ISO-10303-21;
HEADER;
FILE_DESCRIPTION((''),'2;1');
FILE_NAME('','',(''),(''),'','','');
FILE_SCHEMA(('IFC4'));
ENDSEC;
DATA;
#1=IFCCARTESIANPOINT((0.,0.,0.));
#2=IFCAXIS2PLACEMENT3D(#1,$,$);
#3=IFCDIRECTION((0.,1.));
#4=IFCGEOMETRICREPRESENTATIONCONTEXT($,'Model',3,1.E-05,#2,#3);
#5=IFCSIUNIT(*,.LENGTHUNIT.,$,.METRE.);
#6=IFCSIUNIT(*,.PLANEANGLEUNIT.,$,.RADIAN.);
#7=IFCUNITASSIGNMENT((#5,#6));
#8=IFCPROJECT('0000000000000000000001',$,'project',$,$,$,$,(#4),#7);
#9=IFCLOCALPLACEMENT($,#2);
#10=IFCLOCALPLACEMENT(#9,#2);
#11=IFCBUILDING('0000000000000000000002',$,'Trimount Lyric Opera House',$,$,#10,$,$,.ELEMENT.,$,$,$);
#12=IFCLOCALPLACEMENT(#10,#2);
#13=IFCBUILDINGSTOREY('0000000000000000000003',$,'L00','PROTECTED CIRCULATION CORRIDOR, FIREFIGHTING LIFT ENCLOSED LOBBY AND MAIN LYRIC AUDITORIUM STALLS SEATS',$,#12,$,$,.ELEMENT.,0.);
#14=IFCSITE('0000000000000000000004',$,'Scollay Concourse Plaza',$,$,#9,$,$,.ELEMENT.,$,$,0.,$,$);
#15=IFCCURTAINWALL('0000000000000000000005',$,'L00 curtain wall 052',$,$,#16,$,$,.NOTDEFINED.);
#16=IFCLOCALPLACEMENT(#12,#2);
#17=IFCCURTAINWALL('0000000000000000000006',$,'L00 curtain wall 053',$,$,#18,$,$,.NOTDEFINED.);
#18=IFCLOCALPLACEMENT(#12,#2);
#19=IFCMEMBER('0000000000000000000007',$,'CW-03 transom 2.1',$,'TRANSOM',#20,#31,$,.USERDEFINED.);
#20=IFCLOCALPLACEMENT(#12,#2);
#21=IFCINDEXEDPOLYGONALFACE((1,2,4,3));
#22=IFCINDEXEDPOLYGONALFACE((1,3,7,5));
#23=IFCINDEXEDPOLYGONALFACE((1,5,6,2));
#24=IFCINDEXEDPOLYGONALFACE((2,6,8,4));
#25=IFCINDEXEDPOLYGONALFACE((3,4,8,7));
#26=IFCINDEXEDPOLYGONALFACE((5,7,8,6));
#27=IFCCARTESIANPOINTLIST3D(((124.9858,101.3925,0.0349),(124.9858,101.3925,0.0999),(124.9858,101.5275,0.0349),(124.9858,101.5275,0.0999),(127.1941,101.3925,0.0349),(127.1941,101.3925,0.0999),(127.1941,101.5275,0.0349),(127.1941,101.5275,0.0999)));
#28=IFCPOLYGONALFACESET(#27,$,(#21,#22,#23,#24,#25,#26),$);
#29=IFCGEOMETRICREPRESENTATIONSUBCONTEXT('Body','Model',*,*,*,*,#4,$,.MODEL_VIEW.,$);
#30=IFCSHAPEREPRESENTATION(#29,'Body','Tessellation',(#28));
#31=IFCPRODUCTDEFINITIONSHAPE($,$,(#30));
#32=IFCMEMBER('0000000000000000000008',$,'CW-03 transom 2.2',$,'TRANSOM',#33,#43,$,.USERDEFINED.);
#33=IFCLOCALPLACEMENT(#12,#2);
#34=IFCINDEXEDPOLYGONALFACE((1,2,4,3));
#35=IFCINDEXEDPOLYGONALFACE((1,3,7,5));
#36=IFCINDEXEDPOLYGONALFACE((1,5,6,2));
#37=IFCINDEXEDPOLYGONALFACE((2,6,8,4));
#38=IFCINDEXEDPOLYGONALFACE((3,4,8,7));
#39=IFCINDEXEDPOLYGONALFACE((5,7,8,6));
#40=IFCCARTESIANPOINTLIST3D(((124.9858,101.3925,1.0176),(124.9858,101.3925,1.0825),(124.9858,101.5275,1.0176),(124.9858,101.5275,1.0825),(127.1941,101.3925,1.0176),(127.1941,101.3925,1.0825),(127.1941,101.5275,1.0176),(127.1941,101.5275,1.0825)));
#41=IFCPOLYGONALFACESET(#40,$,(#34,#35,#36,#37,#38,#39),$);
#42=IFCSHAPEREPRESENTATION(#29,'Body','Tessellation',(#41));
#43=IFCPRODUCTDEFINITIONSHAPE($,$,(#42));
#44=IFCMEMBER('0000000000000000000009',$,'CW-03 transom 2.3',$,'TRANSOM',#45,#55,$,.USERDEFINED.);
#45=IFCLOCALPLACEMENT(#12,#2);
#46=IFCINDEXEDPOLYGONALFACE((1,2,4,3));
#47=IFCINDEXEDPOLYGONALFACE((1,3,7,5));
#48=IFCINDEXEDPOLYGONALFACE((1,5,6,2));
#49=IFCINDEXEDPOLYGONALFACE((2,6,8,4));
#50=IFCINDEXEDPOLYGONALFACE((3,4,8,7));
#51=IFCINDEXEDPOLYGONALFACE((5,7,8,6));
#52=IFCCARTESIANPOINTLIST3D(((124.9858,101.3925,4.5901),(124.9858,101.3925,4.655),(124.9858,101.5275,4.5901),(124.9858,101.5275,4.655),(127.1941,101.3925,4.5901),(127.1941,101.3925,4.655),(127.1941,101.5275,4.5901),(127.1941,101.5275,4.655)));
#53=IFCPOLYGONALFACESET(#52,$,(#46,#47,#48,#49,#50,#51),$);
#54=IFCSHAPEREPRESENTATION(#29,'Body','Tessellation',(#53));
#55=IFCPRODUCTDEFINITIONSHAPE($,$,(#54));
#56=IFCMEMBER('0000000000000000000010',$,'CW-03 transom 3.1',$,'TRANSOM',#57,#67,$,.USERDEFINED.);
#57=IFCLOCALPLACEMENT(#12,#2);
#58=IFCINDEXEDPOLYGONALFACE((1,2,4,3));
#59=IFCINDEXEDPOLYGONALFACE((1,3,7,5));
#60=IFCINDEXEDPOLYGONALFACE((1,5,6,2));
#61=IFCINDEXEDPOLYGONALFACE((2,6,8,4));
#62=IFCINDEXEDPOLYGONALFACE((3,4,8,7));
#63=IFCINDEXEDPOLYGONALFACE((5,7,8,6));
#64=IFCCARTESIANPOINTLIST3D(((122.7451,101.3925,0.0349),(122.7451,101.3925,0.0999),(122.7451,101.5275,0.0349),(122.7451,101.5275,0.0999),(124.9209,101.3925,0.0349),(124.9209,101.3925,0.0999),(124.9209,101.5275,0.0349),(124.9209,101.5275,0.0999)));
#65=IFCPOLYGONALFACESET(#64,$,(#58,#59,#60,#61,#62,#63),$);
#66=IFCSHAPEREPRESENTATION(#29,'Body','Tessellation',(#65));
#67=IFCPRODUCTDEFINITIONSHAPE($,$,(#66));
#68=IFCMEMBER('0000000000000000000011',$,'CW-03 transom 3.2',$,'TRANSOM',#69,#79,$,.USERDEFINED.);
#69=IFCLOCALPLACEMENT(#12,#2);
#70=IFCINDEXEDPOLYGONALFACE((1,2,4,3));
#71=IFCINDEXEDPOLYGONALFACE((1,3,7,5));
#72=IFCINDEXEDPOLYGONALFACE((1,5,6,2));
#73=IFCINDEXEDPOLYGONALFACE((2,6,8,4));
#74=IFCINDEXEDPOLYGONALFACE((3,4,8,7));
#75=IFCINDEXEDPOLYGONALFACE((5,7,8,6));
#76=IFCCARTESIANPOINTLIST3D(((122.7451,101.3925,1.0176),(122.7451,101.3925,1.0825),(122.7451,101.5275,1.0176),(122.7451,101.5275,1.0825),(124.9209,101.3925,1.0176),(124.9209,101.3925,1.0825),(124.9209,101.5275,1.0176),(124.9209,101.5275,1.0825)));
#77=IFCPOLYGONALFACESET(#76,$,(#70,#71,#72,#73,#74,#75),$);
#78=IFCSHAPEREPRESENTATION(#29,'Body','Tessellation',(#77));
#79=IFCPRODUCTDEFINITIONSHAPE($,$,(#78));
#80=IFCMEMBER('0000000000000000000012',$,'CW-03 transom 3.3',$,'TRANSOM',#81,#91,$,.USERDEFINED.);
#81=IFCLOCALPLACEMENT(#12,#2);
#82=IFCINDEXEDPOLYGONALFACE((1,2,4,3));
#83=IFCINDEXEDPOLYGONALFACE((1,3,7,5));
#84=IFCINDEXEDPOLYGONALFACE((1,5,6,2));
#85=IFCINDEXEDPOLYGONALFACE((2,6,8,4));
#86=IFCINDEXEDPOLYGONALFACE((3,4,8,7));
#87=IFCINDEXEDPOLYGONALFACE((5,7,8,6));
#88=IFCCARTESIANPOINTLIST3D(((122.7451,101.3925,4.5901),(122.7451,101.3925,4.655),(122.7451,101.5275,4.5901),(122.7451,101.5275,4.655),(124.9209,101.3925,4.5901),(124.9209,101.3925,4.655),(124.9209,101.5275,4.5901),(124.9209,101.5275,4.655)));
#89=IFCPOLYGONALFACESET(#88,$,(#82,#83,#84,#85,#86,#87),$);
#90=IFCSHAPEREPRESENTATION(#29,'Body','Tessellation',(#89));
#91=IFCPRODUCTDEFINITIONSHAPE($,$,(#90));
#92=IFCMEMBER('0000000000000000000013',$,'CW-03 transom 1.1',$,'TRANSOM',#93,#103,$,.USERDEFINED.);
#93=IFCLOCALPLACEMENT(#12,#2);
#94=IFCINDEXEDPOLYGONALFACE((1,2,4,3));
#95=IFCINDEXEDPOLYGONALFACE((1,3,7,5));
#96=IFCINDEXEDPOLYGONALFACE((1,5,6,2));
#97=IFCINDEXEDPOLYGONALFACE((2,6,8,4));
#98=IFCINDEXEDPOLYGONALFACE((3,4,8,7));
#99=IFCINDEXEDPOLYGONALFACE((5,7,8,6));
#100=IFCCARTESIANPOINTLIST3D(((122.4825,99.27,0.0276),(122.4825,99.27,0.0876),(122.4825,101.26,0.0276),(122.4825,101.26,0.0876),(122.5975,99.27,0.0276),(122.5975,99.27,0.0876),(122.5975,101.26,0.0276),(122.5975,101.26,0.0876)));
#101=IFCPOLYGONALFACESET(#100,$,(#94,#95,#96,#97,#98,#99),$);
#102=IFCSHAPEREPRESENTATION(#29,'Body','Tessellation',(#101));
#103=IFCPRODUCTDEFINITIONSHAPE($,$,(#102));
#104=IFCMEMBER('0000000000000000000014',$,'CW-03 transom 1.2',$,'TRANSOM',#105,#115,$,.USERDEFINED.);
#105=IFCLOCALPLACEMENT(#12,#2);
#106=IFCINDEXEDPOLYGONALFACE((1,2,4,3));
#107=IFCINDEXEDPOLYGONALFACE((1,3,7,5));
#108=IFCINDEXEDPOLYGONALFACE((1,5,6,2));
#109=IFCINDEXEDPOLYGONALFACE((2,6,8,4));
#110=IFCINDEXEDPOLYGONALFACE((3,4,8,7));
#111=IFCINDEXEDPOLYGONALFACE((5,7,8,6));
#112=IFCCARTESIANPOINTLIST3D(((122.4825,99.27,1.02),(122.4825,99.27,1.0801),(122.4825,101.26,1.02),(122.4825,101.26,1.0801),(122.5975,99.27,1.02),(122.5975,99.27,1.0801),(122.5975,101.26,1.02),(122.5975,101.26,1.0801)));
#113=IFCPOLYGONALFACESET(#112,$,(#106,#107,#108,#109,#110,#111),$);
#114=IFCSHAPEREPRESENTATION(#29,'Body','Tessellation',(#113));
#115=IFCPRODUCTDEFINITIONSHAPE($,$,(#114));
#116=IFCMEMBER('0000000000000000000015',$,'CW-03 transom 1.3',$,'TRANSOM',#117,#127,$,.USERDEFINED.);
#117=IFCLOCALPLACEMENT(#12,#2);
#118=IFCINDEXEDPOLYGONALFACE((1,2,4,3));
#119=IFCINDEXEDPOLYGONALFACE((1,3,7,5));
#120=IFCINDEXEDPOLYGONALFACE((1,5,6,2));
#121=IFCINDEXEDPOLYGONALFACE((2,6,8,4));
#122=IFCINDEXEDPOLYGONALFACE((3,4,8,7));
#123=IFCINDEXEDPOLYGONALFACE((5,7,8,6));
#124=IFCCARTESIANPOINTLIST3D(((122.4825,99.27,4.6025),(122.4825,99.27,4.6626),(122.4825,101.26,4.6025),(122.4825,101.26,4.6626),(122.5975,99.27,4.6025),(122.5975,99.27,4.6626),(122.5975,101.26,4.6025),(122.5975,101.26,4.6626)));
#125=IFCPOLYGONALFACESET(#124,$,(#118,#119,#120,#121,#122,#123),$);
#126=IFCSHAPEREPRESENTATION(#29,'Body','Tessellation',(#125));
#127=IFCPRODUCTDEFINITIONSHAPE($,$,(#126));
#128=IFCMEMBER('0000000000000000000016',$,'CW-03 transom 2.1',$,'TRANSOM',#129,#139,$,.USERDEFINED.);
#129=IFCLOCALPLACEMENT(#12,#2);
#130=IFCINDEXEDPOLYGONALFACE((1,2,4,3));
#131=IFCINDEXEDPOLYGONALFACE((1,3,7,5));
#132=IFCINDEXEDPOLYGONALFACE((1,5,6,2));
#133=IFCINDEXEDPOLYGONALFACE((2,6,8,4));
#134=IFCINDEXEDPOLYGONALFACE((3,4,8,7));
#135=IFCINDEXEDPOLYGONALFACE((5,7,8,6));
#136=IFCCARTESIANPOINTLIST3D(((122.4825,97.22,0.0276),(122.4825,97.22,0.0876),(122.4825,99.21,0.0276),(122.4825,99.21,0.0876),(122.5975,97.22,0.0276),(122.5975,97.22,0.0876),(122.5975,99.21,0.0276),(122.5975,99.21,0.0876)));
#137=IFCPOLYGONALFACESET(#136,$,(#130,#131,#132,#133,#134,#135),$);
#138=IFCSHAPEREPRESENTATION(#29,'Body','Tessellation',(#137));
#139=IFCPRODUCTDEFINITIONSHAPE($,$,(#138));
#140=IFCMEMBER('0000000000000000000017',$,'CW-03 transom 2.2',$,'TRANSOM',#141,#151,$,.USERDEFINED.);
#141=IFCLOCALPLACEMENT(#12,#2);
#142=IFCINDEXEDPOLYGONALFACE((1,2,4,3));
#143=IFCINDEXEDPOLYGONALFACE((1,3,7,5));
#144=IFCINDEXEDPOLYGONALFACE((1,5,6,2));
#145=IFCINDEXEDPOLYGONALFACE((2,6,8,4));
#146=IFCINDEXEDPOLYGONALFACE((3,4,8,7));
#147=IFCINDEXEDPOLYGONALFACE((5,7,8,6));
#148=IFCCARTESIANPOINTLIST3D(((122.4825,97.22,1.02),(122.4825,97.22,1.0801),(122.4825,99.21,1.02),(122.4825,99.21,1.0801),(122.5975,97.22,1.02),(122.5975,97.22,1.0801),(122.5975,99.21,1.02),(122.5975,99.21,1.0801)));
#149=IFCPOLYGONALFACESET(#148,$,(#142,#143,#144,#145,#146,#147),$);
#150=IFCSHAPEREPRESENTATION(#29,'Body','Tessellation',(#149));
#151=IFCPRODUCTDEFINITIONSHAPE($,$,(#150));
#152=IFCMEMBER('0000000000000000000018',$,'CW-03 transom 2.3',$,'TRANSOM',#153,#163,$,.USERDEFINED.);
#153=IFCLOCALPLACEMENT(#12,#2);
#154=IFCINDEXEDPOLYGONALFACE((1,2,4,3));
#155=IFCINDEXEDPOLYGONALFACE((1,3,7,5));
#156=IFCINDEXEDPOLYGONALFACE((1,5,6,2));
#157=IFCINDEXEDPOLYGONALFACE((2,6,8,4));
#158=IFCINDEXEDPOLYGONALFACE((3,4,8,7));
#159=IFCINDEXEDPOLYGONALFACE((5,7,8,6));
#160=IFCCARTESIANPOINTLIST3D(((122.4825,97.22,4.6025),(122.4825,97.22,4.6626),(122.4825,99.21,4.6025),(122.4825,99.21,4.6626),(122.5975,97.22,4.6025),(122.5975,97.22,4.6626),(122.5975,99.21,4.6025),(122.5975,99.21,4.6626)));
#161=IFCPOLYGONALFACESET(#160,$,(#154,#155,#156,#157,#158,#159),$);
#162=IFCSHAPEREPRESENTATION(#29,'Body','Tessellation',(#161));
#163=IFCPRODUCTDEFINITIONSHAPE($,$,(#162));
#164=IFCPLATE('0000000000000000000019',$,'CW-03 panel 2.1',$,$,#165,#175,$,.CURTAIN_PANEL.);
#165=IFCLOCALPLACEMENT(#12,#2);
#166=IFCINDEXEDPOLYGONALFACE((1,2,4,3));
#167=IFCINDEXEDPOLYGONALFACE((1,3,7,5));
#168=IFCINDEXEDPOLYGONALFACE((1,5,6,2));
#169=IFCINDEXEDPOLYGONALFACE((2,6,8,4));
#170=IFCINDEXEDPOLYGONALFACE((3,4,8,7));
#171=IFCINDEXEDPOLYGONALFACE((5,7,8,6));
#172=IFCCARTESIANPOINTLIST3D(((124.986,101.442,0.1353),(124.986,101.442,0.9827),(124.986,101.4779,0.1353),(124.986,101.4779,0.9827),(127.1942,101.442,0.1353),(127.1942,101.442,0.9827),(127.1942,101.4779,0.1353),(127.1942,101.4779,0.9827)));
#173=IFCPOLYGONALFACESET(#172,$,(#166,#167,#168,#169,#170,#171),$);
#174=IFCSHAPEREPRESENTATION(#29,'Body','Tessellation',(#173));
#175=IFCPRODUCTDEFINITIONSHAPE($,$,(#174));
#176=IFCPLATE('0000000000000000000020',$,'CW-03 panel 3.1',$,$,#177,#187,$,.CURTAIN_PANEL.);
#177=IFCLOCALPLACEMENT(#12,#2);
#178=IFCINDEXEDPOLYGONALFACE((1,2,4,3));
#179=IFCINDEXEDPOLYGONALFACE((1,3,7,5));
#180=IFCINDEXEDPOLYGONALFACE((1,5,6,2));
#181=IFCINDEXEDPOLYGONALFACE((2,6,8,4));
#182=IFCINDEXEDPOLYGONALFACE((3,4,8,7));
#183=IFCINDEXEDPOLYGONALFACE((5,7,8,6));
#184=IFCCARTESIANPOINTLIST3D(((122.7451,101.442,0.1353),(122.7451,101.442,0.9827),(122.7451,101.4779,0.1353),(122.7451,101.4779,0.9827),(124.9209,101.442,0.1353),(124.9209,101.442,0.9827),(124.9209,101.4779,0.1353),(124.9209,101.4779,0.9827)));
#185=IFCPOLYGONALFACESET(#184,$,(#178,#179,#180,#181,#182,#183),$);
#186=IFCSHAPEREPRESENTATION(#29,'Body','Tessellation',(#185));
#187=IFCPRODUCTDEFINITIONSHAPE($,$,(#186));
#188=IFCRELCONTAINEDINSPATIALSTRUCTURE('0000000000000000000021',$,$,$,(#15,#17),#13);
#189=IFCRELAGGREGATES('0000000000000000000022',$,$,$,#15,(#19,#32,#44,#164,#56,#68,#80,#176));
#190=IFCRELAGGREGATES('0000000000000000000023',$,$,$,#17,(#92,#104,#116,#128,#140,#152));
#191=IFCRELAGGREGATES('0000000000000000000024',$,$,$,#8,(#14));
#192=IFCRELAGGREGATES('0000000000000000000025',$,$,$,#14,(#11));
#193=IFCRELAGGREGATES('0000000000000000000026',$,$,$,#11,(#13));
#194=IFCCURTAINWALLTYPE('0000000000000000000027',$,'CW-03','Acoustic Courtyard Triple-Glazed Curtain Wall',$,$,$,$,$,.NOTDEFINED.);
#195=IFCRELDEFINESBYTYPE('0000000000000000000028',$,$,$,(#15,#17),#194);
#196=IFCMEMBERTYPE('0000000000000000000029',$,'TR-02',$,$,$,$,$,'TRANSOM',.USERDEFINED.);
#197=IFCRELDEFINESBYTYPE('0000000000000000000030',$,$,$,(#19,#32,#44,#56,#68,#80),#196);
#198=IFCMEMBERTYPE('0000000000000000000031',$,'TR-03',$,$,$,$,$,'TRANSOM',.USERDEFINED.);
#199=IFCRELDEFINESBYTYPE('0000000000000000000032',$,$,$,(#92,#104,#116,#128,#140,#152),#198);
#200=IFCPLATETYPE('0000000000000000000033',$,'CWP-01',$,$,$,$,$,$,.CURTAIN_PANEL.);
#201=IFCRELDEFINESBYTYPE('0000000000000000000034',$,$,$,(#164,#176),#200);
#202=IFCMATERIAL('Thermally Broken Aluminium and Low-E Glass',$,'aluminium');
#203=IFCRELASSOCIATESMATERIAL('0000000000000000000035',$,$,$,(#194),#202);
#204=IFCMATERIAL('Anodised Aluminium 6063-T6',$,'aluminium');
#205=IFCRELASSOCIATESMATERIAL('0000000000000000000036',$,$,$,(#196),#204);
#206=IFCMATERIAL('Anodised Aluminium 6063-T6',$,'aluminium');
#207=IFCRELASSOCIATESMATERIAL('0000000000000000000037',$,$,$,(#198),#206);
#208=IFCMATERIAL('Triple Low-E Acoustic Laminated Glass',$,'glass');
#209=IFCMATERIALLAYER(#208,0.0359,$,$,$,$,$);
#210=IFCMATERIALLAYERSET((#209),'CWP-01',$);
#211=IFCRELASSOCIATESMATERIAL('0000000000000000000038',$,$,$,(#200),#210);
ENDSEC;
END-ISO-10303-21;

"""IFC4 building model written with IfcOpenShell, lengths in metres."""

from ifc_helpers import new_model, si_unit, direction, frame, origin, origin_2d, place, context, subcontext, project, spatial, rectangle, extrude, material, layer, layer_set, material_profile, profile_set, type_object, element, aggregate, save


model = new_model("IFC4")

# Units and contexts
model_context = context("Model", 3, precision=1e-05, world=origin(), true_north=direction((0.0, 1.0)))
body_context = subcontext(model_context, "Body", "Model", "MODEL_VIEW")
ifc_project = project(units=[si_unit("LENGTHUNIT", "METRE"), si_unit("PLANEANGLEUNIT", "RADIAN")], contexts=[model_context])

# Site, building, storey
site_placement = place(None, origin())
site = spatial("IfcSite", under=ifc_project, at=site_placement, Name="Scollay Concourse Plaza", CompositionType="ELEMENT", RefElevation=0.0)
building_placement = place(site_placement, origin())
building = spatial("IfcBuilding", under=site, at=building_placement, Name="Trimount Lyric Opera House", CompositionType="ELEMENT")
storey_placement = place(building_placement, origin())
storey = spatial("IfcBuildingStorey", under=building, at=storey_placement, Name="L00", Description="PROTECTED CIRCULATION CORRIDOR, FIREFIGHTING LIFT ENCLOSED LOBBY AND MAIN LYRIC AUDITORIUM STALLS SEATS", CompositionType="ELEMENT", Elevation=0.0)

# Curtain walls
ifc_material_1 = material(Name="Thermally Broken Aluminium and Low-E Glass", Category="aluminium")
curtain_wall_type = type_object("IfcCurtainWallType", Name="CW-03", Description="Acoustic Courtyard Triple-Glazed Curtain Wall", PredefinedType="NOTDEFINED", material=ifc_material_1)
curtain_wall_1_placement = place(storey_placement, origin())
curtain_wall_1 = element("IfcCurtainWall", 1, at=curtain_wall_1_placement, inside=storey, type_object=curtain_wall_type, Name="L00 curtain wall 052", PredefinedType="NOTDEFINED")
curtain_wall_2_placement = place(storey_placement, origin())
curtain_wall_2 = element("IfcCurtainWall", 2, at=curtain_wall_2_placement, inside=storey, type_object=curtain_wall_type, Name="L00 curtain wall 053", PredefinedType="NOTDEFINED")

# Members
ifc_material_2 = material(Name="Anodised Aluminium 6063-T6", Category="aluminium")
ifc_material_profile_1 = material_profile(ifc_material_2, rectangle(XDim=0.135, YDim=0.0649, at=origin_2d()), Name="ALU-TRAN-65X135")
ifc_profile_set_1 = profile_set([ifc_material_profile_1], Name="Anodised Aluminium 6063-T6")
member_type_1 = type_object("IfcMemberType", Name="TR-02", ElementType="TRANSOM", PredefinedType="USERDEFINED", material=ifc_profile_set_1)
member_1_placement = place(storey_placement, frame((127.1941, 101.46, 0.0674), z_axis=(-1.0, 0.0, 0.0), x_axis=(0.0, -1.0, 0.0)))
member_1 = element("IfcMember", 3, at=member_1_placement, type_object=member_type_1, Name="CW-03 transom 2.1", ObjectType="TRANSOM", PredefinedType="USERDEFINED", context=body_context, shape_type="SweptSolid", body=[
    extrude(rectangle(XDim=0.135, YDim=0.0649, at=origin_2d()), origin(), (0.0, 0.0, 1.0), 2.2083),
])
member_2_placement = place(storey_placement, frame((127.1941, 101.46, 1.05), z_axis=(-1.0, 0.0, 0.0), x_axis=(0.0, -1.0, 0.0)))
member_2 = element("IfcMember", 4, at=member_2_placement, type_object=member_type_1, Name="CW-03 transom 2.2", ObjectType="TRANSOM", PredefinedType="USERDEFINED", context=body_context, shape_type="SweptSolid", body=[
    extrude(rectangle(XDim=0.135, YDim=0.0649, at=origin_2d()), origin(), (0.0, 0.0, 1.0), 2.2083),
])
member_3_placement = place(storey_placement, frame((127.1941, 101.46, 4.6226), z_axis=(-1.0, 0.0, 0.0), x_axis=(0.0, -1.0, 0.0)))
member_3 = element("IfcMember", 5, at=member_3_placement, type_object=member_type_1, Name="CW-03 transom 2.3", ObjectType="TRANSOM", PredefinedType="USERDEFINED", context=body_context, shape_type="SweptSolid", body=[
    extrude(rectangle(XDim=0.135, YDim=0.0649, at=origin_2d()), origin(), (0.0, 0.0, 1.0), 2.2083),
])
member_4_placement = place(storey_placement, frame((124.9209, 101.46, 0.0674), z_axis=(-1.0, 0.0, 0.0), x_axis=(0.0, -1.0, 0.0)))
member_4 = element("IfcMember", 6, at=member_4_placement, type_object=member_type_1, Name="CW-03 transom 3.1", ObjectType="TRANSOM", PredefinedType="USERDEFINED", context=body_context, shape_type="SweptSolid", body=[
    extrude(rectangle(XDim=0.135, YDim=0.0649, at=origin_2d()), origin(), (0.0, 0.0, 1.0), 2.1758),
])
member_5_placement = place(storey_placement, frame((124.9209, 101.46, 1.05), z_axis=(-1.0, 0.0, 0.0), x_axis=(0.0, -1.0, 0.0)))
member_5 = element("IfcMember", 7, at=member_5_placement, type_object=member_type_1, Name="CW-03 transom 3.2", ObjectType="TRANSOM", PredefinedType="USERDEFINED", context=body_context, shape_type="SweptSolid", body=[
    extrude(rectangle(XDim=0.135, YDim=0.0649, at=origin_2d()), origin(), (0.0, 0.0, 1.0), 2.1758),
])
member_6_placement = place(storey_placement, frame((124.9209, 101.46, 4.6226), z_axis=(-1.0, 0.0, 0.0), x_axis=(0.0, -1.0, 0.0)))
member_6 = element("IfcMember", 8, at=member_6_placement, type_object=member_type_1, Name="CW-03 transom 3.3", ObjectType="TRANSOM", PredefinedType="USERDEFINED", context=body_context, shape_type="SweptSolid", body=[
    extrude(rectangle(XDim=0.135, YDim=0.0649, at=origin_2d()), origin(), (0.0, 0.0, 1.0), 2.1758),
])
ifc_material_3 = material(Name="Anodised Aluminium 6063-T6", Category="aluminium")
ifc_material_profile_2 = material_profile(ifc_material_3, rectangle(XDim=0.115, YDim=0.0601, at=origin_2d()), Name="ALU-TRAN-60X115")
ifc_profile_set_2 = profile_set([ifc_material_profile_2], Name="Anodised Aluminium 6063-T6")
member_type_2 = type_object("IfcMemberType", Name="TR-03", ElementType="TRANSOM", PredefinedType="USERDEFINED", material=ifc_profile_set_2)
member_7_placement = place(storey_placement, frame((122.54, 101.26, 0.0576), z_axis=(0.0, -1.0, 0.0), x_axis=(1.0, 0.0, 0.0)))
member_7 = element("IfcMember", 9, at=member_7_placement, type_object=member_type_2, Name="CW-03 transom 1.1", ObjectType="TRANSOM", PredefinedType="USERDEFINED", context=body_context, shape_type="SweptSolid", body=[
    extrude(rectangle(XDim=0.115, YDim=0.0601, at=origin_2d()), origin(), (0.0, 0.0, 1.0), 1.99),
])
member_8_placement = place(storey_placement, frame((122.54, 101.26, 1.05), z_axis=(0.0, -1.0, 0.0), x_axis=(1.0, 0.0, 0.0)))
member_8 = element("IfcMember", 10, at=member_8_placement, type_object=member_type_2, Name="CW-03 transom 1.2", ObjectType="TRANSOM", PredefinedType="USERDEFINED", context=body_context, shape_type="SweptSolid", body=[
    extrude(rectangle(XDim=0.115, YDim=0.0601, at=origin_2d()), origin(), (0.0, 0.0, 1.0), 1.99),
])
member_9_placement = place(storey_placement, frame((122.54, 101.26, 4.6326), z_axis=(0.0, -1.0, 0.0), x_axis=(1.0, 0.0, 0.0)))
member_9 = element("IfcMember", 11, at=member_9_placement, type_object=member_type_2, Name="CW-03 transom 1.3", ObjectType="TRANSOM", PredefinedType="USERDEFINED", context=body_context, shape_type="SweptSolid", body=[
    extrude(rectangle(XDim=0.115, YDim=0.0601, at=origin_2d()), origin(), (0.0, 0.0, 1.0), 1.99),
])
member_10_placement = place(storey_placement, frame((122.54, 99.21, 0.0576), z_axis=(0.0, -1.0, 0.0), x_axis=(1.0, 0.0, 0.0)))
member_10 = element("IfcMember", 12, at=member_10_placement, type_object=member_type_2, Name="CW-03 transom 2.1", ObjectType="TRANSOM", PredefinedType="USERDEFINED", context=body_context, shape_type="SweptSolid", body=[
    extrude(rectangle(XDim=0.115, YDim=0.0601, at=origin_2d()), origin(), (0.0, 0.0, 1.0), 1.99),
])
member_11_placement = place(storey_placement, frame((122.54, 99.21, 1.05), z_axis=(0.0, -1.0, 0.0), x_axis=(1.0, 0.0, 0.0)))
member_11 = element("IfcMember", 13, at=member_11_placement, type_object=member_type_2, Name="CW-03 transom 2.2", ObjectType="TRANSOM", PredefinedType="USERDEFINED", context=body_context, shape_type="SweptSolid", body=[
    extrude(rectangle(XDim=0.115, YDim=0.0601, at=origin_2d()), origin(), (0.0, 0.0, 1.0), 1.99),
])
member_12_placement = place(storey_placement, frame((122.54, 99.21, 4.6326), z_axis=(0.0, -1.0, 0.0), x_axis=(1.0, 0.0, 0.0)))
member_12 = element("IfcMember", 14, at=member_12_placement, type_object=member_type_2, Name="CW-03 transom 2.3", ObjectType="TRANSOM", PredefinedType="USERDEFINED", context=body_context, shape_type="SweptSolid", body=[
    extrude(rectangle(XDim=0.115, YDim=0.0601, at=origin_2d()), origin(), (0.0, 0.0, 1.0), 1.99),
])

# Plates
ifc_material_4 = material(Name="Triple Low-E Acoustic Laminated Glass", Category="glass")
ifc_layer_1 = layer(ifc_material_4, 0.0359)
ifc_layer_set_1 = layer_set([ifc_layer_1], Name="CWP-01")
plate_type_1 = type_object("IfcPlateType", Name="CWP-01", PredefinedType="CURTAIN_PANEL", material=ifc_layer_set_1)
plate_1_placement = place(storey_placement, frame((126.0901, 101.46, 0.1353), z_axis=(0.0, 0.0, 1.0), x_axis=(-1.0, 0.0, 0.0)))
plate_1 = element("IfcPlate", 15, at=plate_1_placement, type_object=plate_type_1, Name="CW-03 panel 2.1", PredefinedType="CURTAIN_PANEL", context=body_context, shape_type="SweptSolid", body=[
    extrude(rectangle(XDim=2.2083, YDim=0.0359, at=origin_2d()), origin(), (0.0, 0.0, 1.0), 0.8474),
])
plate_2_placement = place(storey_placement, frame((123.833, 101.46, 0.1353), z_axis=(0.0, 0.0, 1.0), x_axis=(-1.0, 0.0, 0.0)))
plate_2 = element("IfcPlate", 16, at=plate_2_placement, type_object=plate_type_1, Name="CW-03 panel 3.1", PredefinedType="CURTAIN_PANEL", context=body_context, shape_type="SweptSolid", body=[
    extrude(rectangle(XDim=2.1758, YDim=0.0359, at=origin_2d()), origin(), (0.0, 0.0, 1.0), 0.8474),
])
aggregate(curtain_wall_1, [member_1, member_2, member_3, plate_1, member_4, member_5, member_6, plate_2])
aggregate(curtain_wall_2, [member_7, member_8, member_9, member_10, member_11, member_12])

save(model, "model.ifc")
